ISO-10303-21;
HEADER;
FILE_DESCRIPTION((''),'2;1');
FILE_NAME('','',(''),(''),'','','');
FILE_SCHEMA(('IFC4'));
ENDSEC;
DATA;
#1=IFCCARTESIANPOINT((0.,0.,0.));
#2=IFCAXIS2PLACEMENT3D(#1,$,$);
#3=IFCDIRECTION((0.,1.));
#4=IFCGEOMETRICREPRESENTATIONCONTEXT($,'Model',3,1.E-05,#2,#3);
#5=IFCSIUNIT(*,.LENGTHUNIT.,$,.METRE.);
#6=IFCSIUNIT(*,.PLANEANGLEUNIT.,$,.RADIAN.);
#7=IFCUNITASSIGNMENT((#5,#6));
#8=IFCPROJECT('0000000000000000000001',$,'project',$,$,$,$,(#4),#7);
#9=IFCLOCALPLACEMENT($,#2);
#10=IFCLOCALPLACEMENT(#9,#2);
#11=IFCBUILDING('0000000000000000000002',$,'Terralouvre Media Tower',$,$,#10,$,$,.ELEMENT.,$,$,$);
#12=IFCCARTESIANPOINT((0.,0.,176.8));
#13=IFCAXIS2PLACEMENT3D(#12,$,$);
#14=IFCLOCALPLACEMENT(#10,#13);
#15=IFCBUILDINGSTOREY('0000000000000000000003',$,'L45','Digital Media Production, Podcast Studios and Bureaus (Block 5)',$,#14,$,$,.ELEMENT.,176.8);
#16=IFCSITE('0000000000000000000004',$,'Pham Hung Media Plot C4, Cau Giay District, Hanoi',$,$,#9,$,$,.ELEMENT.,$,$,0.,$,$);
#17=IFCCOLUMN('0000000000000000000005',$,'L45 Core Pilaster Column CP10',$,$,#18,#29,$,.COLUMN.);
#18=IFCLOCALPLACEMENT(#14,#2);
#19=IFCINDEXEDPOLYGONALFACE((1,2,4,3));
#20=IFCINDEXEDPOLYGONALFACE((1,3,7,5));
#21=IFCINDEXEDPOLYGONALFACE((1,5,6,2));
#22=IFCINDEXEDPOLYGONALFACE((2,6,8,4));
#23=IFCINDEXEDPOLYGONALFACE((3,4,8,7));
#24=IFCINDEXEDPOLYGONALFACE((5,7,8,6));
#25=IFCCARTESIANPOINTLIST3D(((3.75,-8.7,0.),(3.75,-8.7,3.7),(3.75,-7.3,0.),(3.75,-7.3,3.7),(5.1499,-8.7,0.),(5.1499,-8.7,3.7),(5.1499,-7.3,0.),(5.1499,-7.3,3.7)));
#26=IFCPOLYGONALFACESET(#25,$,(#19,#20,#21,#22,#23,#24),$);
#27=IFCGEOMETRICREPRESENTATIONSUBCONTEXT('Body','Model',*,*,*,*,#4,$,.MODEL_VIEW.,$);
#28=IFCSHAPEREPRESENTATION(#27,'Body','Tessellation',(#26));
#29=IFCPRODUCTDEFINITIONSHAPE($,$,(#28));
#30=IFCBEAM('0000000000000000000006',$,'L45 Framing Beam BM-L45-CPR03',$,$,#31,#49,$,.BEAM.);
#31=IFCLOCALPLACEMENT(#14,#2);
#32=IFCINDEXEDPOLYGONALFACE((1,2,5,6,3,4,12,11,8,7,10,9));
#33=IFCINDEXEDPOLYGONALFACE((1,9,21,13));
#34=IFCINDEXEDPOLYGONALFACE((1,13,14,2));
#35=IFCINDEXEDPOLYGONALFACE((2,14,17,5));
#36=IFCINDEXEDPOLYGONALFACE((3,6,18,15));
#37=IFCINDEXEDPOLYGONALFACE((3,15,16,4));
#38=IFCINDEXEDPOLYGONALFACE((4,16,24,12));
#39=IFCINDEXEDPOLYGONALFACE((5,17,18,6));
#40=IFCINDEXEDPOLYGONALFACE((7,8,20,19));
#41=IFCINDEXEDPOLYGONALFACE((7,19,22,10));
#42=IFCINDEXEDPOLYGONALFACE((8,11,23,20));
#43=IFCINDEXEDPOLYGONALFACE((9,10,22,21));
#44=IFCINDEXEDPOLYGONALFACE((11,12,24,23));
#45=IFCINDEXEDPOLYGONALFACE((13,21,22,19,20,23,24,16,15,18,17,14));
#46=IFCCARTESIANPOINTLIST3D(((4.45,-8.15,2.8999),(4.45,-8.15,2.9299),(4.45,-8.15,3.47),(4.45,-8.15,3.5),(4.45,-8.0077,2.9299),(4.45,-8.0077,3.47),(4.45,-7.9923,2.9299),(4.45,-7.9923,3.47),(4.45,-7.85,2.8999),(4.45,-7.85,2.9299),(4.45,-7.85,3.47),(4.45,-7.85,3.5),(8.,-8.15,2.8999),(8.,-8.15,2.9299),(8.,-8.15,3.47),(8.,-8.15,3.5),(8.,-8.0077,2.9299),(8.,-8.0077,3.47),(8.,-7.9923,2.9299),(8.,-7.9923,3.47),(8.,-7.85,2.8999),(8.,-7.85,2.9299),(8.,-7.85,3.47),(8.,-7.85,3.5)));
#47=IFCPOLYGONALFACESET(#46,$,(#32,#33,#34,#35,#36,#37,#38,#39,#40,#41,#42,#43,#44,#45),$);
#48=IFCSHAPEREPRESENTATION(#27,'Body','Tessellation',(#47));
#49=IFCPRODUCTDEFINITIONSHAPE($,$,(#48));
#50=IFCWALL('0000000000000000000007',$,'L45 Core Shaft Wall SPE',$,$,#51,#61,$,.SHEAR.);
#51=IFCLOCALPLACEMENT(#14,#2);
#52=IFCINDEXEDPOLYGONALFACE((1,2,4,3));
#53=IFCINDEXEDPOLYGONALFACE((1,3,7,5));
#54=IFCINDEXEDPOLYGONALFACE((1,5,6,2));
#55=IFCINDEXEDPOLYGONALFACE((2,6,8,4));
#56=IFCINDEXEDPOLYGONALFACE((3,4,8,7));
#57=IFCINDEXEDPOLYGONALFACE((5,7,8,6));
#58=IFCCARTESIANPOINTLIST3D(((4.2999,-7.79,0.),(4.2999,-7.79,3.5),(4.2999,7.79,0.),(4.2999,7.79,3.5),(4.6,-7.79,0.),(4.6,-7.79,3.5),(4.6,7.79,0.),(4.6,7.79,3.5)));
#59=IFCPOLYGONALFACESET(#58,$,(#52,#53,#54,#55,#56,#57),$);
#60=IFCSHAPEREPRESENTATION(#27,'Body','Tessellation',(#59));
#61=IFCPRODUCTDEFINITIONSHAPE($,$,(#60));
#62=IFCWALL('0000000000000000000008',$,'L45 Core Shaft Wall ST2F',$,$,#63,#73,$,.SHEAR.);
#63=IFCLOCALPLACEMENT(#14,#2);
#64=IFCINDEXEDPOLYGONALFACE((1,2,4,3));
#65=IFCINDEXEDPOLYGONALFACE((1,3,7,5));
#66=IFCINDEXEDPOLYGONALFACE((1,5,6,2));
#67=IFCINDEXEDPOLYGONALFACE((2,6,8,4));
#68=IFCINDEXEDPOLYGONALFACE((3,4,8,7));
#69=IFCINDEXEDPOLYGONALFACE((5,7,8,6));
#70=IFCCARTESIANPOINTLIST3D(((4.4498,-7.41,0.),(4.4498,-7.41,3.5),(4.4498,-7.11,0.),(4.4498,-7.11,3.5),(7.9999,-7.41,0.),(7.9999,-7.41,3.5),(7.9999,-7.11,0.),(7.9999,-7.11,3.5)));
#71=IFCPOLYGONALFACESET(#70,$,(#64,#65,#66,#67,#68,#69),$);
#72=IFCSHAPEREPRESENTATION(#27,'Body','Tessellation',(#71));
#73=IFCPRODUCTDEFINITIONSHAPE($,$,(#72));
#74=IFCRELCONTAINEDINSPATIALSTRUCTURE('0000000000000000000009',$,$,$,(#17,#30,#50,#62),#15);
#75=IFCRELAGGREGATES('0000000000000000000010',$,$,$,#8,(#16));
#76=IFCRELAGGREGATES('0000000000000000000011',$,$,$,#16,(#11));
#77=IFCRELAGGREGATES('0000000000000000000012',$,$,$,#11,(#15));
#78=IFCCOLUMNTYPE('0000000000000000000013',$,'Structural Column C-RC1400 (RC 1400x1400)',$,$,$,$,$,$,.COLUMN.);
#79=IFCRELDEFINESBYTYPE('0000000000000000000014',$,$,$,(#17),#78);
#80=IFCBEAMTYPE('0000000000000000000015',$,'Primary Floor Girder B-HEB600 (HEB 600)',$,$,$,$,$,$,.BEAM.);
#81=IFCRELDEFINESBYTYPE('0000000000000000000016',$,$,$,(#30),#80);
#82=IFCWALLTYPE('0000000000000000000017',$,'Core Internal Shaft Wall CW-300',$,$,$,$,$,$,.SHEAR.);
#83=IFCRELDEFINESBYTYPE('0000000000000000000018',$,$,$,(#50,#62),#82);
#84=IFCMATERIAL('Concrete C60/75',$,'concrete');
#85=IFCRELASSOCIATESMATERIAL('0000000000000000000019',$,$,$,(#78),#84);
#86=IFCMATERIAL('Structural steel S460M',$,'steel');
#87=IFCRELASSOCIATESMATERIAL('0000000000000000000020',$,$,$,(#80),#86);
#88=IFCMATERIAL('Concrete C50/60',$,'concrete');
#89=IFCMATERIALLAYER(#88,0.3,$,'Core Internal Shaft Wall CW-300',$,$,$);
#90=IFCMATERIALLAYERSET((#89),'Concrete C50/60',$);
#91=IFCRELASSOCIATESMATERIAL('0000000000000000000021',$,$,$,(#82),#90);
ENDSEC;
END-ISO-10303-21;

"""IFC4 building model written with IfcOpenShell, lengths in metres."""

from ifc_helpers import new_model, si_unit, direction, frame, frame_2d, origin, origin_2d, place, context, subcontext, project, spatial, rectangle, i_section, extrude, material, layer, layer_set, material_profile, profile_set, type_object, element, save


model = new_model("IFC4")

# Units and contexts
model_context = context("Model", 3, precision=1e-05, world=origin(), true_north=direction((0.0, 1.0)))
body_context = subcontext(model_context, "Body", "Model", "MODEL_VIEW")
ifc_project = project(units=[si_unit("LENGTHUNIT", "METRE"), si_unit("PLANEANGLEUNIT", "RADIAN")], contexts=[model_context])

# Site, building, storey
site_placement = place(None, origin())
site = spatial("IfcSite", under=ifc_project, at=site_placement, Name="Pham Hung Media Plot C4, Cau Giay District, Hanoi", CompositionType="ELEMENT", RefElevation=0.0)
building_placement = place(site_placement, origin())
building = spatial("IfcBuilding", under=site, at=building_placement, Name="Terralouvre Media Tower", CompositionType="ELEMENT")
storey_placement = place(building_placement, frame((0.0, 0.0, 176.8)))
storey = spatial("IfcBuildingStorey", under=building, at=storey_placement, Name="L45", Description="Digital Media Production, Podcast Studios and Bureaus (Block 5)", CompositionType="ELEMENT", Elevation=176.8)

# Column
ifc_material_1 = material(Name="Concrete C60/75", Category="concrete")
ifc_material_profile_1 = material_profile(ifc_material_1, rectangle(XDim=1.3999, YDim=1.3999, at=origin_2d()), Name="RC 1400x1400")
ifc_profile_set_1 = profile_set([ifc_material_profile_1], Name="Concrete C60/75")
column_type = type_object("IfcColumnType", Name="Structural Column C-RC1400 (RC 1400x1400)", PredefinedType="COLUMN", material=ifc_profile_set_1)
column_placement = place(storey_placement, frame((4.45, -8.0, 0.0), z_axis=(0.0, 0.0, 1.0), x_axis=(1.0, 0.0, 0.0)))
element("IfcColumn", 1, at=column_placement, inside=storey, type_object=column_type, Name="L45 Core Pilaster Column CP10", PredefinedType="COLUMN", context=body_context, shape_type="SweptSolid", body=[
    extrude(rectangle(XDim=1.3999, YDim=1.3999, at=origin_2d()), origin(), (0.0, 0.0, 1.0), 3.7),
])

# Beam
ifc_material_2 = material(Name="Structural steel S460M", Category="steel")
ifc_material_profile_2 = material_profile(ifc_material_2, i_section(OverallWidth=0.3, OverallDepth=0.6001, WebThickness=0.0154, FlangeThickness=0.03, at=origin_2d()), Name="HEB 600")
ifc_profile_set_2 = profile_set([ifc_material_profile_2], Name="Structural steel S460M")
beam_type = type_object("IfcBeamType", Name="Primary Floor Girder B-HEB600 (HEB 600)", PredefinedType="BEAM", material=ifc_profile_set_2)
beam_placement = place(storey_placement, frame((4.45, -8.0, 3.2), z_axis=(1.0, 0.0, 0.0), x_axis=(0.0, 1.0, 0.0)))
element("IfcBeam", 2, at=beam_placement, inside=storey, type_object=beam_type, Name="L45 Framing Beam BM-L45-CPR03", PredefinedType="BEAM", context=body_context, shape_type="SweptSolid", body=[
    extrude(i_section(OverallWidth=0.3, OverallDepth=0.6001, WebThickness=0.0154, FlangeThickness=0.03, at=origin_2d()), origin(), (0.0, 0.0, 1.0), 3.55),
])

# Wall
ifc_material_3 = material(Name="Concrete C50/60", Category="concrete")
ifc_layer_1 = layer(ifc_material_3, 0.3, Name="Core Internal Shaft Wall CW-300")
ifc_layer_set_1 = layer_set([ifc_layer_1], Name="Concrete C50/60")
wall_type_1 = type_object("IfcWallType", Name="Core Internal Shaft Wall CW-300", PredefinedType="SHEAR", material=ifc_layer_set_1)
wall_1_placement = place(storey_placement, frame((4.45, -7.79, 0.0), z_axis=(0.0, 0.0, 1.0), x_axis=(0.0, 1.0, 0.0)))
element("IfcWall", 3, at=wall_1_placement, inside=storey, type_object=wall_type_1, Name="L45 Core Shaft Wall SPE", PredefinedType="SHEAR", context=body_context, shape_type="SweptSolid", body=[
    extrude(rectangle(XDim=15.5801, YDim=0.3, at=frame_2d((7.79, 0.0))), origin(), (0.0, 0.0, 1.0), 3.5),
])

# Wall
wall_2_placement = place(storey_placement, frame((4.45, -7.26, 0.0), z_axis=(0.0, 0.0, 1.0), x_axis=(1.0, 0.0, 0.0)))
element("IfcWall", 4, at=wall_2_placement, inside=storey, type_object=wall_type_1, Name="L45 Core Shaft Wall ST2F", PredefinedType="SHEAR", context=body_context, shape_type="SweptSolid", body=[
    extrude(rectangle(XDim=3.55, YDim=0.3, at=frame_2d((1.7749, 0.0))), origin(), (0.0, 0.0, 1.0), 3.5),
])

save(model, "model.ifc")
